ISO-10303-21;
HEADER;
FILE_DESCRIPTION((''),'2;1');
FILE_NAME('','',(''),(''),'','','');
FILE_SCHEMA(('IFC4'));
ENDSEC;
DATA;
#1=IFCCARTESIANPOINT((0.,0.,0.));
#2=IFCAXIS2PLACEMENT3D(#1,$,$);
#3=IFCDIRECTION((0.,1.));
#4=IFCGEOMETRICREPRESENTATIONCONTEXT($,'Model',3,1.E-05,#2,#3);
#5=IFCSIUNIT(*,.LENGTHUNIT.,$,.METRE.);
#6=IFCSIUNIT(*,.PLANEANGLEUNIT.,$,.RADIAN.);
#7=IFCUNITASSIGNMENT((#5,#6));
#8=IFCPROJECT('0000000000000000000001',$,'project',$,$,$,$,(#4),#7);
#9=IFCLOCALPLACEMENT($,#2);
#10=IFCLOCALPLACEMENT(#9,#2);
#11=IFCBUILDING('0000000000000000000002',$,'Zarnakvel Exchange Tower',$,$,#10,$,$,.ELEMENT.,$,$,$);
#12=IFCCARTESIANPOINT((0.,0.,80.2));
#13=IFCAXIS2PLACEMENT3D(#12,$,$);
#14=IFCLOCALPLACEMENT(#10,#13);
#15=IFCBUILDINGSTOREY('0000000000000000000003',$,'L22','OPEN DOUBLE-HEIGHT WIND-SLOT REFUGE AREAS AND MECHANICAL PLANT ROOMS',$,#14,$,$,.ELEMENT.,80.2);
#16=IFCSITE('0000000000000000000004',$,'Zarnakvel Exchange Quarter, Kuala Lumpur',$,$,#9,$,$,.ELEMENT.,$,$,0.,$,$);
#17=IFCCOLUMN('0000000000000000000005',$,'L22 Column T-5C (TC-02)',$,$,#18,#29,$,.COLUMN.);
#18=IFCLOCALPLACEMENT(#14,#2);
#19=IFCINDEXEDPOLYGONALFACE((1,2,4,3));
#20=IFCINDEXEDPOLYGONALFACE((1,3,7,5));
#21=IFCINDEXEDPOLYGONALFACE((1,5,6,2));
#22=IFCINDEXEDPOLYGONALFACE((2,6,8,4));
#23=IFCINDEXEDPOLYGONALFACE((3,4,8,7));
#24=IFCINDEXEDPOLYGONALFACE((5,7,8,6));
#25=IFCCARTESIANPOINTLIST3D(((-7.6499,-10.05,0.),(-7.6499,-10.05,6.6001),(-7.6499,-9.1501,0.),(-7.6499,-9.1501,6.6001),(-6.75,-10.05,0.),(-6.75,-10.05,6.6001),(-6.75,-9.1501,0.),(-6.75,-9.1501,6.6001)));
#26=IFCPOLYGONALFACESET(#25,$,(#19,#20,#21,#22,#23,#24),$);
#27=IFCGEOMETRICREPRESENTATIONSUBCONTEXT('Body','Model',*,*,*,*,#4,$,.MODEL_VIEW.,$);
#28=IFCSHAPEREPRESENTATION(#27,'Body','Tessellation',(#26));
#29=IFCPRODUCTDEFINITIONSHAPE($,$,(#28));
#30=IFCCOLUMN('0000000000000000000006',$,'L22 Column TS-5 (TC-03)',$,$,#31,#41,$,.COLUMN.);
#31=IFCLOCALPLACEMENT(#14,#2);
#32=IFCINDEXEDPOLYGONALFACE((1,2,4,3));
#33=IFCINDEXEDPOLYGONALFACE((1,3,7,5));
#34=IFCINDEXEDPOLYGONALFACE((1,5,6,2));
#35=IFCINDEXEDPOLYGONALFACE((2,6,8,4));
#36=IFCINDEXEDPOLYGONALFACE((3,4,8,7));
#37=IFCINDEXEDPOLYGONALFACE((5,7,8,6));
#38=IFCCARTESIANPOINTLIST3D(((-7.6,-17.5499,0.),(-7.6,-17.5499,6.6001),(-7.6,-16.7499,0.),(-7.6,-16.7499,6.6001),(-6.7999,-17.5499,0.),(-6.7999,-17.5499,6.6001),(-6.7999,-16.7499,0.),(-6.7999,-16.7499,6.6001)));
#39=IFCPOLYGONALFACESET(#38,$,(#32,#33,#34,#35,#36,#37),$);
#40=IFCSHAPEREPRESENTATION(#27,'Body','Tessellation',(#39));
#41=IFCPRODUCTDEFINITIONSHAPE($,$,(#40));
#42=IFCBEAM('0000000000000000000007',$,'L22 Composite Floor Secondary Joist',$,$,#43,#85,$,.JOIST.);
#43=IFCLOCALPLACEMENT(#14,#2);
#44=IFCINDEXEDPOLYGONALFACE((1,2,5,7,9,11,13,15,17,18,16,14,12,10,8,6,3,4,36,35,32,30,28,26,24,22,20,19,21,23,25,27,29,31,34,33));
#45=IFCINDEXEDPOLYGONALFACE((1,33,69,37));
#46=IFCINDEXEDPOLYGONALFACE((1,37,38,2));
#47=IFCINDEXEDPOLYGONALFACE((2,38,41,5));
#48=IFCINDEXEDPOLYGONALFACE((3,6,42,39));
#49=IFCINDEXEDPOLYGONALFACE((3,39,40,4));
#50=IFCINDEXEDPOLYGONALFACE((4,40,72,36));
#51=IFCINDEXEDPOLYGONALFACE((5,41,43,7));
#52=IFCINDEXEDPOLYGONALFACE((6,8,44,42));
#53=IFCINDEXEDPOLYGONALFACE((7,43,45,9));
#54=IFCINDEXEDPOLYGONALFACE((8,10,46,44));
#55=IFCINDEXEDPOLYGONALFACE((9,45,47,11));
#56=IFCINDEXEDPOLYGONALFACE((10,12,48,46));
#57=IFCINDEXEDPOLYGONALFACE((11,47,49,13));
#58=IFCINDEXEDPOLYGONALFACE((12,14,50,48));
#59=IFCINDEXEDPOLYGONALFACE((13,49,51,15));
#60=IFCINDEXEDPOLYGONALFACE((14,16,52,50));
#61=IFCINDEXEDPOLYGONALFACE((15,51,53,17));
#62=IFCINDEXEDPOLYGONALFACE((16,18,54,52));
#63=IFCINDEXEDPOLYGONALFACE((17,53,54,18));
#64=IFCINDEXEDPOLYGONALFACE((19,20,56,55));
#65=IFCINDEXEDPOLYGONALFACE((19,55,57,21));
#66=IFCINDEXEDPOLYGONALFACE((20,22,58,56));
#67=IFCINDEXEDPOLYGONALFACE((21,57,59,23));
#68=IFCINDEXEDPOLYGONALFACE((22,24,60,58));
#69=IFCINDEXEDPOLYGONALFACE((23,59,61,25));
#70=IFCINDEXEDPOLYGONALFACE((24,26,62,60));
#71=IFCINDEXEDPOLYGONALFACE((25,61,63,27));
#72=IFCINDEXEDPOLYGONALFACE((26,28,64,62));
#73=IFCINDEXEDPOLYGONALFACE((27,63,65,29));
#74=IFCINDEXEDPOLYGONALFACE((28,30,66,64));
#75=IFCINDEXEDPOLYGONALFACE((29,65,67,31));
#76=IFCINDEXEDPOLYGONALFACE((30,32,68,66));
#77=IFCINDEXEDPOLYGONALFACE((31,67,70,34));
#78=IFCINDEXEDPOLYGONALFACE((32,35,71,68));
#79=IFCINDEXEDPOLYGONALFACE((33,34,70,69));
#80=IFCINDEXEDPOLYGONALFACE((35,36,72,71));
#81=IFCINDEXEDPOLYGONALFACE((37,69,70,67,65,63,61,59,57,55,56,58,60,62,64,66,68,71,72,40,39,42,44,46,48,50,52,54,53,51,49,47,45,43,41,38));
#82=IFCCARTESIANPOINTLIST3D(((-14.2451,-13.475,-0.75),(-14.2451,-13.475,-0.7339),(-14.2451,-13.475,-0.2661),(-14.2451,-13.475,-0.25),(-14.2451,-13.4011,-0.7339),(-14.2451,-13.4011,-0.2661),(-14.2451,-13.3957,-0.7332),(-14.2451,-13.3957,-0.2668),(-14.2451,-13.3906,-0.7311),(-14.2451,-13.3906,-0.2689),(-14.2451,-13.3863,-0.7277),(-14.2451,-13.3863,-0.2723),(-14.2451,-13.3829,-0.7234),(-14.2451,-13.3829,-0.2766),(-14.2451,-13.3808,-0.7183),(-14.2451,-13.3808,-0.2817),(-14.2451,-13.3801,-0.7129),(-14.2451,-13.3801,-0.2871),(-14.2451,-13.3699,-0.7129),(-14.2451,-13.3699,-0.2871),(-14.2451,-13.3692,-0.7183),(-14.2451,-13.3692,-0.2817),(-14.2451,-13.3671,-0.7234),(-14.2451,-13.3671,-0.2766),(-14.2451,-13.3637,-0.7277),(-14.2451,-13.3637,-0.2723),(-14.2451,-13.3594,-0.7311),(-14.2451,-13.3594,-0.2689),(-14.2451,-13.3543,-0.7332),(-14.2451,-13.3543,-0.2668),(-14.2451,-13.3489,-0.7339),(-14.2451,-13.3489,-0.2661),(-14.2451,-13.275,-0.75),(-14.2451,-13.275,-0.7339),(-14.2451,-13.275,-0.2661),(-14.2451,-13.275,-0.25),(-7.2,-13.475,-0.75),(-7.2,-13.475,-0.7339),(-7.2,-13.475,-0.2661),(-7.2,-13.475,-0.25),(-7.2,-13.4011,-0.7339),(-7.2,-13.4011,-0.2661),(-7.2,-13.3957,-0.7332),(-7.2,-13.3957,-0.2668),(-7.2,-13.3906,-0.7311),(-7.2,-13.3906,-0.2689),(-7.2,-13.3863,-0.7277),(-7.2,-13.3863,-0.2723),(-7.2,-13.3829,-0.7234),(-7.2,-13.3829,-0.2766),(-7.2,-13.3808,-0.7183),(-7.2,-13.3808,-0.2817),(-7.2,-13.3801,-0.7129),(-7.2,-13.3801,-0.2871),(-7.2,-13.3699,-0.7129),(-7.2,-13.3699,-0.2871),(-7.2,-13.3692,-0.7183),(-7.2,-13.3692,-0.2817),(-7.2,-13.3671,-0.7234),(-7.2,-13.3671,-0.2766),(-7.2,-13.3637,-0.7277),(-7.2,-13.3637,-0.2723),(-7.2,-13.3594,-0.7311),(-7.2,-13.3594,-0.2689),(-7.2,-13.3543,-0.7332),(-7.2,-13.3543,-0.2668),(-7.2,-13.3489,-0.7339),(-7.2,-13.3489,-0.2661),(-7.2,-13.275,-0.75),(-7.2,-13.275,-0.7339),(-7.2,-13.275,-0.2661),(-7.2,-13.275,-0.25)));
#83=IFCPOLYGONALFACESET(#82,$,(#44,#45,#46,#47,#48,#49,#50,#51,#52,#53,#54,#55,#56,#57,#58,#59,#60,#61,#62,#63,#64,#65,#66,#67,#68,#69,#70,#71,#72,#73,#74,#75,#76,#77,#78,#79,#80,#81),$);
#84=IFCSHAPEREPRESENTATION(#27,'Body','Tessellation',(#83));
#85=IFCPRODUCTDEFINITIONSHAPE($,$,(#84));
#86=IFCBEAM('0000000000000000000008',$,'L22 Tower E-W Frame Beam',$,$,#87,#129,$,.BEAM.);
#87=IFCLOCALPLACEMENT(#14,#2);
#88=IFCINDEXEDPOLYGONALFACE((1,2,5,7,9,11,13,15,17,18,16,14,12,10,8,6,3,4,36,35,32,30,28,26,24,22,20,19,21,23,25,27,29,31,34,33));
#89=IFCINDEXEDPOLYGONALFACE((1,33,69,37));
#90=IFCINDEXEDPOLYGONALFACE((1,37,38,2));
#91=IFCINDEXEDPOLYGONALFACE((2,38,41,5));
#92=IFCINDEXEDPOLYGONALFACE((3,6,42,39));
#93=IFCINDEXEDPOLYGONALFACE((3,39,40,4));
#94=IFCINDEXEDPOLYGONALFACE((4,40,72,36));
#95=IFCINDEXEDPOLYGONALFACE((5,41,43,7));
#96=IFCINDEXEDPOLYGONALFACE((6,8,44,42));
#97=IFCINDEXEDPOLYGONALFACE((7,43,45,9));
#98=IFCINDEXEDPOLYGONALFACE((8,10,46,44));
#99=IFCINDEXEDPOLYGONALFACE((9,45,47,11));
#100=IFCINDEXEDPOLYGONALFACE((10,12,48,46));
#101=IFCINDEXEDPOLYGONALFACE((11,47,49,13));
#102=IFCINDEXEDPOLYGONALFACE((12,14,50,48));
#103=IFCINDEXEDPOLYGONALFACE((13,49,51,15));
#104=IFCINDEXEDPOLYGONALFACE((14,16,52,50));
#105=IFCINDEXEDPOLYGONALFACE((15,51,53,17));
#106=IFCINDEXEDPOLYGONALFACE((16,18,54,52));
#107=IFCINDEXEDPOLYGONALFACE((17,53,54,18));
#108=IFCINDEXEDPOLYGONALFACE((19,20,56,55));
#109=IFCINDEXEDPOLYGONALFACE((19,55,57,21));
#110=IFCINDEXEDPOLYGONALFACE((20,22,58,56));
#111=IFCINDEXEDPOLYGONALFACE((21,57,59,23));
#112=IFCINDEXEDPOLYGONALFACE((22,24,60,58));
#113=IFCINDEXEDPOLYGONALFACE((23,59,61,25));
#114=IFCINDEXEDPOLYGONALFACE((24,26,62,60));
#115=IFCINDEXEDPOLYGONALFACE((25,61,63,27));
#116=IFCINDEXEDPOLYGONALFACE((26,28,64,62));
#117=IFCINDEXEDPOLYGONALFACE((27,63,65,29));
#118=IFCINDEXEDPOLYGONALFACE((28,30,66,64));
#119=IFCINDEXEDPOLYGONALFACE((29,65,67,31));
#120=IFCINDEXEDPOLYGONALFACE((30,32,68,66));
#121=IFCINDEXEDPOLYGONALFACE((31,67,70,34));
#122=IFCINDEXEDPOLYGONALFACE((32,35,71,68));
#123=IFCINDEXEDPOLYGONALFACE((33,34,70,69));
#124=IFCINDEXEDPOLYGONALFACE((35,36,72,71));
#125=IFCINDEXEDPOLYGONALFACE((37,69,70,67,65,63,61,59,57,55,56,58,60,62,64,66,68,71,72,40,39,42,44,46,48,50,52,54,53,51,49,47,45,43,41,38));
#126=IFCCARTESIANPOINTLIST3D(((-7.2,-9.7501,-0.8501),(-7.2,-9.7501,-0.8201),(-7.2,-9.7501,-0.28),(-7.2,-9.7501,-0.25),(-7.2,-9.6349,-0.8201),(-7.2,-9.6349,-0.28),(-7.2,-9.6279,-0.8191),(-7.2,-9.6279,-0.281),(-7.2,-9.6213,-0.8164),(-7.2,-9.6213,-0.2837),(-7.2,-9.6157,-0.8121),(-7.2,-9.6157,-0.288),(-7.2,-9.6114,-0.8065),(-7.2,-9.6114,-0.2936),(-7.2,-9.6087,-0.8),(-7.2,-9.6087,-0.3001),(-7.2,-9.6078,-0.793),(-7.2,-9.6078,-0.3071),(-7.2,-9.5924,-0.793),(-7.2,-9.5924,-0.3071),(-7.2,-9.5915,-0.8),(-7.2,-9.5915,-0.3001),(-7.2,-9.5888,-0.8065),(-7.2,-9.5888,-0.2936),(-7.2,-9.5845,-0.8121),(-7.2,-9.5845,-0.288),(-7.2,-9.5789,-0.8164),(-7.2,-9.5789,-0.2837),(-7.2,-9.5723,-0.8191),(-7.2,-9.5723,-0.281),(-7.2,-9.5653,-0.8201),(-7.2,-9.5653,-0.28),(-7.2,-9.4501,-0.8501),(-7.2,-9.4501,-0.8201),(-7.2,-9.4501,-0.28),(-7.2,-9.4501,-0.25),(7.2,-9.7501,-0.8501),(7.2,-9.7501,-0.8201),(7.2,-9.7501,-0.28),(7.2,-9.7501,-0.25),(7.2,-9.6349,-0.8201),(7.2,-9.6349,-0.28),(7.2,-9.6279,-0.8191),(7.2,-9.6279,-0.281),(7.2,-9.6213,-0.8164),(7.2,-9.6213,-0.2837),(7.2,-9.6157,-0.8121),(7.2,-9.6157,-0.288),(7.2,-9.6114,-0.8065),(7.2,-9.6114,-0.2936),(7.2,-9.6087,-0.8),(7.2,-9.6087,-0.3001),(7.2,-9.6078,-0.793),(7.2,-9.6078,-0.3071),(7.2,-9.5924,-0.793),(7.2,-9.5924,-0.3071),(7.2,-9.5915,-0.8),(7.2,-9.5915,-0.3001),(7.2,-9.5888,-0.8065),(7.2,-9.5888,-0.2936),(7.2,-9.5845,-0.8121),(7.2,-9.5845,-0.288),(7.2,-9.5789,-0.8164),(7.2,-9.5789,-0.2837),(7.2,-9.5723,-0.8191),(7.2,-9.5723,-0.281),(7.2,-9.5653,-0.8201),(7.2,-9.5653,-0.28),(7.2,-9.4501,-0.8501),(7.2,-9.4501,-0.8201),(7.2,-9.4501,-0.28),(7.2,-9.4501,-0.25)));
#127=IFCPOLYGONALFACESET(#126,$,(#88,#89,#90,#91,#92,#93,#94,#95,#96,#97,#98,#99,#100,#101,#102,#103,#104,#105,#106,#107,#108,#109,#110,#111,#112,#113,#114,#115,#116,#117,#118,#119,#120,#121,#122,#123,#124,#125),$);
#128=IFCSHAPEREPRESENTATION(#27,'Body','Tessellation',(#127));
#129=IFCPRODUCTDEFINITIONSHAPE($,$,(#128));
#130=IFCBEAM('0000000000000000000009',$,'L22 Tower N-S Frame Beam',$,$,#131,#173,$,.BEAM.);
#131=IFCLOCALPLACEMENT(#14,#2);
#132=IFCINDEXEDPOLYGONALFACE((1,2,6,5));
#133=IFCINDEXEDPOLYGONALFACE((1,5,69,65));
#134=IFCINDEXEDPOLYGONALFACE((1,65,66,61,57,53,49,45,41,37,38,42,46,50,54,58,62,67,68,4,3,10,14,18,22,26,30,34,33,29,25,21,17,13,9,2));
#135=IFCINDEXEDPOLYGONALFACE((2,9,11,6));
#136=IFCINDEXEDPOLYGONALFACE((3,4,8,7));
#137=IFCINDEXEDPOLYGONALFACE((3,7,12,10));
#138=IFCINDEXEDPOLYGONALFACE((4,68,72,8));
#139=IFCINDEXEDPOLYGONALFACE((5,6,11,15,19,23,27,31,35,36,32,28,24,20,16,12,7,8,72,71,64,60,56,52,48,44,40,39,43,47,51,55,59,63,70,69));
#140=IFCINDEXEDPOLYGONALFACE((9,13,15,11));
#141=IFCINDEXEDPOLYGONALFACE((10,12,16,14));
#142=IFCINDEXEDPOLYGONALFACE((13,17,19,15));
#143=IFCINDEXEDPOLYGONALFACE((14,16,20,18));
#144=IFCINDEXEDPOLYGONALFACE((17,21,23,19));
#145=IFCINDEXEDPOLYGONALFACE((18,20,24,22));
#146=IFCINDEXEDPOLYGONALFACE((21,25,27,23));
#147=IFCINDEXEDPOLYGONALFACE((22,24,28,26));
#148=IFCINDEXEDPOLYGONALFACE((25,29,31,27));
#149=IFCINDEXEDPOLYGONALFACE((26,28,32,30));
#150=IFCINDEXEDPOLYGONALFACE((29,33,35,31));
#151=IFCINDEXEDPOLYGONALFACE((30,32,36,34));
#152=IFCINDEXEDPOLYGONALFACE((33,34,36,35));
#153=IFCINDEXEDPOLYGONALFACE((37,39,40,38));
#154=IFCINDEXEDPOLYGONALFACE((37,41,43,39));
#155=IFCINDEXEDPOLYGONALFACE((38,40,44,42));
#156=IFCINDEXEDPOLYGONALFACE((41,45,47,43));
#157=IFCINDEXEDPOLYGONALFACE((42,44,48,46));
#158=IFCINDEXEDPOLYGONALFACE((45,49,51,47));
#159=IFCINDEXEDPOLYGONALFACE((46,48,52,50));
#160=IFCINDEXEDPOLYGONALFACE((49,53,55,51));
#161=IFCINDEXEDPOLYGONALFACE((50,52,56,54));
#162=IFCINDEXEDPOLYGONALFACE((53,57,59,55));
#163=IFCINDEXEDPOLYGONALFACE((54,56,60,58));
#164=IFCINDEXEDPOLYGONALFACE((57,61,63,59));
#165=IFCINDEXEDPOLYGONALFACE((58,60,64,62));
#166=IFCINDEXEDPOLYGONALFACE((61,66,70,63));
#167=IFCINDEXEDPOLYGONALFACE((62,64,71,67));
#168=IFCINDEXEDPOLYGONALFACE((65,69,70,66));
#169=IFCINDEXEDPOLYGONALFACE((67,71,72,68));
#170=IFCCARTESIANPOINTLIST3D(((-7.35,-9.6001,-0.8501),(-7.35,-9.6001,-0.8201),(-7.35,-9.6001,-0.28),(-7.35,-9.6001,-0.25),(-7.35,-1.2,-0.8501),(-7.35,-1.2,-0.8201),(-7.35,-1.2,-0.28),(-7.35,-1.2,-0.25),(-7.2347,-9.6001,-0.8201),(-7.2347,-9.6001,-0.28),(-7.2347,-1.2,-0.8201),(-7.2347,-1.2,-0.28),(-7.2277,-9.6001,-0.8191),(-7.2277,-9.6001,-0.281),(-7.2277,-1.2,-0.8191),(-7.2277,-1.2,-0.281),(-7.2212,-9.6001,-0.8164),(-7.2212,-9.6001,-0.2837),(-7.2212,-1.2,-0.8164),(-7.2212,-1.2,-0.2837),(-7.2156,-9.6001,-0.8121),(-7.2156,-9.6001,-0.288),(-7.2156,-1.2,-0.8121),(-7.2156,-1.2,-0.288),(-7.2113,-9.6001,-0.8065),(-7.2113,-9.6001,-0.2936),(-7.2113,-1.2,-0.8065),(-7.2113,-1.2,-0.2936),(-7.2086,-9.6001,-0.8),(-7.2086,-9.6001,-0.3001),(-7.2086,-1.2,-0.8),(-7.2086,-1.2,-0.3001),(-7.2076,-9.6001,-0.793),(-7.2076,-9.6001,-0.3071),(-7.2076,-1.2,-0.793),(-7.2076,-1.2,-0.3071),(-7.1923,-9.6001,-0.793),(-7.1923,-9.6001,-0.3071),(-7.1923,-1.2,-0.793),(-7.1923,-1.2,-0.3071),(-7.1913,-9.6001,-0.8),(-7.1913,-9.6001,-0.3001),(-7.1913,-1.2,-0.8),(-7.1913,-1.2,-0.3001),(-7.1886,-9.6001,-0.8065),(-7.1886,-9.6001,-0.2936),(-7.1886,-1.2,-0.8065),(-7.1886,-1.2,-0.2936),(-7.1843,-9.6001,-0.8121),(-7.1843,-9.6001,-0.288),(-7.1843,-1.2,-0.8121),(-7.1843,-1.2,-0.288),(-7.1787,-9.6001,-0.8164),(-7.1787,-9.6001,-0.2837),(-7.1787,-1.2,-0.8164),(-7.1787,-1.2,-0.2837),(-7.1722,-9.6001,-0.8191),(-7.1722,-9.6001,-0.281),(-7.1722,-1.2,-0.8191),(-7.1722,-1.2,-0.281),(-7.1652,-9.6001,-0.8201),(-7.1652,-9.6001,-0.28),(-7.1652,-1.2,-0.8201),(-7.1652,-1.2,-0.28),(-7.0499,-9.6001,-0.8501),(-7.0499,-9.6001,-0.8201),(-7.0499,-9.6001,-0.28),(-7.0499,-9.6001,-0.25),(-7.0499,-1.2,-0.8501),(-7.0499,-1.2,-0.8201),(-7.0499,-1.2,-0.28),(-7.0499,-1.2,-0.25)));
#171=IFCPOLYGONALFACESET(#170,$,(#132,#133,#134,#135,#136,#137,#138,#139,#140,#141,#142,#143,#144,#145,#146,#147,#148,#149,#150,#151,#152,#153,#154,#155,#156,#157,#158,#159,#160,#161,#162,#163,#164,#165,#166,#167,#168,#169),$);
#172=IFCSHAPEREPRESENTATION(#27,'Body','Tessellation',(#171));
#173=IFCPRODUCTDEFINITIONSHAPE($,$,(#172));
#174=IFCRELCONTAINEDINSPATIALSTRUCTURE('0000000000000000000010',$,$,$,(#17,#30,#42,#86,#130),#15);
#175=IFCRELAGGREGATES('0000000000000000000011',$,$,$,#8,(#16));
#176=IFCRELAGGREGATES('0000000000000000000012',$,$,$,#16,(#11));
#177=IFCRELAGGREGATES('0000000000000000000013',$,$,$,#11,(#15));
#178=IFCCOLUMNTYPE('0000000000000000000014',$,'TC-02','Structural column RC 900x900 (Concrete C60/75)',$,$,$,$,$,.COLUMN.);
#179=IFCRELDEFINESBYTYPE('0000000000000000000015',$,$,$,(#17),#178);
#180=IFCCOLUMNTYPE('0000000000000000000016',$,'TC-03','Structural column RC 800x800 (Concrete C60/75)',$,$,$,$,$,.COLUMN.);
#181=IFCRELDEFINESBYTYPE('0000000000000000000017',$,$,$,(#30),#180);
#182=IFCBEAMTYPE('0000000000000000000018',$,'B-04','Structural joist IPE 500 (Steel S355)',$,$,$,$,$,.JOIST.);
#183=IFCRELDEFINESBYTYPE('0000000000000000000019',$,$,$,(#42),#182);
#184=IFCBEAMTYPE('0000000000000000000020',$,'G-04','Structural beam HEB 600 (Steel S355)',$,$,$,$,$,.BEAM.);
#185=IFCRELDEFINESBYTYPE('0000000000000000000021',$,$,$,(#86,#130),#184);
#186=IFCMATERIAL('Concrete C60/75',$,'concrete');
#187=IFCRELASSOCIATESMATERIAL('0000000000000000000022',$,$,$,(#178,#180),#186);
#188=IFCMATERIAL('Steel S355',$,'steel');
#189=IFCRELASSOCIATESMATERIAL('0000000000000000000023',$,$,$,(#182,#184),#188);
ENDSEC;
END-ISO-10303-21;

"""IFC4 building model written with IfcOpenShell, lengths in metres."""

from ifc_helpers import new_model, si_unit, direction, frame, origin, origin_2d, place, context, subcontext, project, spatial, rectangle, i_section, extrude, material, material_profile, profile_set, type_object, element, save


model = new_model("IFC4")

# Units and contexts
model_context = context("Model", 3, precision=1e-05, world=origin(), true_north=direction((0.0, 1.0)))
body_context = subcontext(model_context, "Body", "Model", "MODEL_VIEW")
ifc_project = project(units=[si_unit("LENGTHUNIT", "METRE"), si_unit("PLANEANGLEUNIT", "RADIAN")], contexts=[model_context])

# Site, building, storey
site_placement = place(None, origin())
site = spatial("IfcSite", under=ifc_project, at=site_placement, Name="Zarnakvel Exchange Quarter, Kuala Lumpur", CompositionType="ELEMENT", RefElevation=0.0)
building_placement = place(site_placement, origin())
building = spatial("IfcBuilding", under=site, at=building_placement, Name="Zarnakvel Exchange Tower", CompositionType="ELEMENT")
storey_placement = place(building_placement, frame((0.0, 0.0, 80.2)))
storey = spatial("IfcBuildingStorey", under=building, at=storey_placement, Name="L22", Description="OPEN DOUBLE-HEIGHT WIND-SLOT REFUGE AREAS AND MECHANICAL PLANT ROOMS", CompositionType="ELEMENT", Elevation=80.2)

# Columns
ifc_material_1 = material(Name="Concrete C60/75", Category="concrete")
ifc_material_profile_1 = material_profile(ifc_material_1, rectangle(XDim=0.8999, YDim=0.8999, at=origin_2d()))
ifc_profile_set_1 = profile_set([ifc_material_profile_1], Name="Concrete C60/75")
column_type_1 = type_object("IfcColumnType", Name="TC-02", Description="Structural column RC 900x900 (Concrete C60/75)", PredefinedType="COLUMN", material=ifc_profile_set_1)
column_1_placement = place(storey_placement, frame((-7.2, -9.6001, 0.0), z_axis=(0.0, 0.0, 1.0), x_axis=(1.0, 0.0, 0.0)))
element("IfcColumn", 1, at=column_1_placement, inside=storey, type_object=column_type_1, Name="L22 Column T-5C (TC-02)", PredefinedType="COLUMN", context=body_context, shape_type="SweptSolid", body=[
    extrude(rectangle(XDim=0.8999, YDim=0.8999, at=origin_2d()), origin(), (0.0, 0.0, 1.0), 6.6001),
])
ifc_material_profile_2 = material_profile(ifc_material_1, rectangle(XDim=0.8, YDim=0.8, at=origin_2d()))
ifc_profile_set_2 = profile_set([ifc_material_profile_2], Name="Concrete C60/75")
column_type_2 = type_object("IfcColumnType", Name="TC-03", Description="Structural column RC 800x800 (Concrete C60/75)", PredefinedType="COLUMN", material=ifc_profile_set_2)
column_2_placement = place(storey_placement, frame((-7.2, -17.1499, 0.0), z_axis=(0.0, 0.0, 1.0), x_axis=(1.0, 0.0, 0.0)))
element("IfcColumn", 2, at=column_2_placement, inside=storey, type_object=column_type_2, Name="L22 Column TS-5 (TC-03)", PredefinedType="COLUMN", context=body_context, shape_type="SweptSolid", body=[
    extrude(rectangle(XDim=0.8, YDim=0.8, at=origin_2d()), origin(), (0.0, 0.0, 1.0), 6.6001),
])

# Beams
ifc_material_2 = material(Name="Steel S355", Category="steel")
ifc_material_profile_3 = material_profile(ifc_material_2, i_section(OverallWidth=0.2, OverallDepth=0.5, WebThickness=0.0103, FlangeThickness=0.0161, FilletRadius=0.021, at=origin_2d()))
ifc_profile_set_3 = profile_set([ifc_material_profile_3], Name="Steel S355")
beam_type_1 = type_object("IfcBeamType", Name="B-04", Description="Structural joist IPE 500 (Steel S355)", PredefinedType="JOIST", material=ifc_profile_set_3)
beam_1_placement = place(storey_placement, frame((-14.2451, -13.375, -0.5), z_axis=(1.0, 0.0, 0.0), x_axis=(0.0, 1.0, 0.0)))
element("IfcBeam", 3, at=beam_1_placement, inside=storey, type_object=beam_type_1, Name="L22 Composite Floor Secondary Joist", PredefinedType="JOIST", context=body_context, shape_type="SweptSolid", body=[
    extrude(i_section(OverallWidth=0.2, OverallDepth=0.5, WebThickness=0.0103, FlangeThickness=0.0161, FilletRadius=0.021, at=origin_2d()), origin(), (0.0, 0.0, 1.0), 7.0452),
])
ifc_material_profile_4 = material_profile(ifc_material_2, i_section(OverallWidth=0.3, OverallDepth=0.6001, WebThickness=0.0154, FlangeThickness=0.03, FilletRadius=0.0271, at=origin_2d()))
ifc_profile_set_4 = profile_set([ifc_material_profile_4], Name="Steel S355")
beam_type_2 = type_object("IfcBeamType", Name="G-04", Description="Structural beam HEB 600 (Steel S355)", PredefinedType="BEAM", material=ifc_profile_set_4)
beam_2_placement = place(storey_placement, frame((-7.2, -9.6001, -0.55), z_axis=(1.0, 0.0, 0.0), x_axis=(0.0, 1.0, 0.0)))
element("IfcBeam", 4, at=beam_2_placement, inside=storey, type_object=beam_type_2, Name="L22 Tower E-W Frame Beam", PredefinedType="BEAM", context=body_context, shape_type="SweptSolid", body=[
    extrude(i_section(OverallWidth=0.3, OverallDepth=0.6001, WebThickness=0.0154, FlangeThickness=0.03, FilletRadius=0.0271, at=origin_2d()), origin(), (0.0, 0.0, 1.0), 14.3999),
])
beam_3_placement = place(storey_placement, frame((-7.2, -9.6001, -0.55), z_axis=(0.0, 1.0, 0.0), x_axis=(-1.0, 0.0, 0.0)))
element("IfcBeam", 5, at=beam_3_placement, inside=storey, type_object=beam_type_2, Name="L22 Tower N-S Frame Beam", PredefinedType="BEAM", context=body_context, shape_type="SweptSolid", body=[
    extrude(i_section(OverallWidth=0.3, OverallDepth=0.6001, WebThickness=0.0154, FlangeThickness=0.03, FilletRadius=0.0271, at=origin_2d()), origin(), (0.0, 0.0, 1.0), 8.4001),
])

save(model, "model.ifc")
